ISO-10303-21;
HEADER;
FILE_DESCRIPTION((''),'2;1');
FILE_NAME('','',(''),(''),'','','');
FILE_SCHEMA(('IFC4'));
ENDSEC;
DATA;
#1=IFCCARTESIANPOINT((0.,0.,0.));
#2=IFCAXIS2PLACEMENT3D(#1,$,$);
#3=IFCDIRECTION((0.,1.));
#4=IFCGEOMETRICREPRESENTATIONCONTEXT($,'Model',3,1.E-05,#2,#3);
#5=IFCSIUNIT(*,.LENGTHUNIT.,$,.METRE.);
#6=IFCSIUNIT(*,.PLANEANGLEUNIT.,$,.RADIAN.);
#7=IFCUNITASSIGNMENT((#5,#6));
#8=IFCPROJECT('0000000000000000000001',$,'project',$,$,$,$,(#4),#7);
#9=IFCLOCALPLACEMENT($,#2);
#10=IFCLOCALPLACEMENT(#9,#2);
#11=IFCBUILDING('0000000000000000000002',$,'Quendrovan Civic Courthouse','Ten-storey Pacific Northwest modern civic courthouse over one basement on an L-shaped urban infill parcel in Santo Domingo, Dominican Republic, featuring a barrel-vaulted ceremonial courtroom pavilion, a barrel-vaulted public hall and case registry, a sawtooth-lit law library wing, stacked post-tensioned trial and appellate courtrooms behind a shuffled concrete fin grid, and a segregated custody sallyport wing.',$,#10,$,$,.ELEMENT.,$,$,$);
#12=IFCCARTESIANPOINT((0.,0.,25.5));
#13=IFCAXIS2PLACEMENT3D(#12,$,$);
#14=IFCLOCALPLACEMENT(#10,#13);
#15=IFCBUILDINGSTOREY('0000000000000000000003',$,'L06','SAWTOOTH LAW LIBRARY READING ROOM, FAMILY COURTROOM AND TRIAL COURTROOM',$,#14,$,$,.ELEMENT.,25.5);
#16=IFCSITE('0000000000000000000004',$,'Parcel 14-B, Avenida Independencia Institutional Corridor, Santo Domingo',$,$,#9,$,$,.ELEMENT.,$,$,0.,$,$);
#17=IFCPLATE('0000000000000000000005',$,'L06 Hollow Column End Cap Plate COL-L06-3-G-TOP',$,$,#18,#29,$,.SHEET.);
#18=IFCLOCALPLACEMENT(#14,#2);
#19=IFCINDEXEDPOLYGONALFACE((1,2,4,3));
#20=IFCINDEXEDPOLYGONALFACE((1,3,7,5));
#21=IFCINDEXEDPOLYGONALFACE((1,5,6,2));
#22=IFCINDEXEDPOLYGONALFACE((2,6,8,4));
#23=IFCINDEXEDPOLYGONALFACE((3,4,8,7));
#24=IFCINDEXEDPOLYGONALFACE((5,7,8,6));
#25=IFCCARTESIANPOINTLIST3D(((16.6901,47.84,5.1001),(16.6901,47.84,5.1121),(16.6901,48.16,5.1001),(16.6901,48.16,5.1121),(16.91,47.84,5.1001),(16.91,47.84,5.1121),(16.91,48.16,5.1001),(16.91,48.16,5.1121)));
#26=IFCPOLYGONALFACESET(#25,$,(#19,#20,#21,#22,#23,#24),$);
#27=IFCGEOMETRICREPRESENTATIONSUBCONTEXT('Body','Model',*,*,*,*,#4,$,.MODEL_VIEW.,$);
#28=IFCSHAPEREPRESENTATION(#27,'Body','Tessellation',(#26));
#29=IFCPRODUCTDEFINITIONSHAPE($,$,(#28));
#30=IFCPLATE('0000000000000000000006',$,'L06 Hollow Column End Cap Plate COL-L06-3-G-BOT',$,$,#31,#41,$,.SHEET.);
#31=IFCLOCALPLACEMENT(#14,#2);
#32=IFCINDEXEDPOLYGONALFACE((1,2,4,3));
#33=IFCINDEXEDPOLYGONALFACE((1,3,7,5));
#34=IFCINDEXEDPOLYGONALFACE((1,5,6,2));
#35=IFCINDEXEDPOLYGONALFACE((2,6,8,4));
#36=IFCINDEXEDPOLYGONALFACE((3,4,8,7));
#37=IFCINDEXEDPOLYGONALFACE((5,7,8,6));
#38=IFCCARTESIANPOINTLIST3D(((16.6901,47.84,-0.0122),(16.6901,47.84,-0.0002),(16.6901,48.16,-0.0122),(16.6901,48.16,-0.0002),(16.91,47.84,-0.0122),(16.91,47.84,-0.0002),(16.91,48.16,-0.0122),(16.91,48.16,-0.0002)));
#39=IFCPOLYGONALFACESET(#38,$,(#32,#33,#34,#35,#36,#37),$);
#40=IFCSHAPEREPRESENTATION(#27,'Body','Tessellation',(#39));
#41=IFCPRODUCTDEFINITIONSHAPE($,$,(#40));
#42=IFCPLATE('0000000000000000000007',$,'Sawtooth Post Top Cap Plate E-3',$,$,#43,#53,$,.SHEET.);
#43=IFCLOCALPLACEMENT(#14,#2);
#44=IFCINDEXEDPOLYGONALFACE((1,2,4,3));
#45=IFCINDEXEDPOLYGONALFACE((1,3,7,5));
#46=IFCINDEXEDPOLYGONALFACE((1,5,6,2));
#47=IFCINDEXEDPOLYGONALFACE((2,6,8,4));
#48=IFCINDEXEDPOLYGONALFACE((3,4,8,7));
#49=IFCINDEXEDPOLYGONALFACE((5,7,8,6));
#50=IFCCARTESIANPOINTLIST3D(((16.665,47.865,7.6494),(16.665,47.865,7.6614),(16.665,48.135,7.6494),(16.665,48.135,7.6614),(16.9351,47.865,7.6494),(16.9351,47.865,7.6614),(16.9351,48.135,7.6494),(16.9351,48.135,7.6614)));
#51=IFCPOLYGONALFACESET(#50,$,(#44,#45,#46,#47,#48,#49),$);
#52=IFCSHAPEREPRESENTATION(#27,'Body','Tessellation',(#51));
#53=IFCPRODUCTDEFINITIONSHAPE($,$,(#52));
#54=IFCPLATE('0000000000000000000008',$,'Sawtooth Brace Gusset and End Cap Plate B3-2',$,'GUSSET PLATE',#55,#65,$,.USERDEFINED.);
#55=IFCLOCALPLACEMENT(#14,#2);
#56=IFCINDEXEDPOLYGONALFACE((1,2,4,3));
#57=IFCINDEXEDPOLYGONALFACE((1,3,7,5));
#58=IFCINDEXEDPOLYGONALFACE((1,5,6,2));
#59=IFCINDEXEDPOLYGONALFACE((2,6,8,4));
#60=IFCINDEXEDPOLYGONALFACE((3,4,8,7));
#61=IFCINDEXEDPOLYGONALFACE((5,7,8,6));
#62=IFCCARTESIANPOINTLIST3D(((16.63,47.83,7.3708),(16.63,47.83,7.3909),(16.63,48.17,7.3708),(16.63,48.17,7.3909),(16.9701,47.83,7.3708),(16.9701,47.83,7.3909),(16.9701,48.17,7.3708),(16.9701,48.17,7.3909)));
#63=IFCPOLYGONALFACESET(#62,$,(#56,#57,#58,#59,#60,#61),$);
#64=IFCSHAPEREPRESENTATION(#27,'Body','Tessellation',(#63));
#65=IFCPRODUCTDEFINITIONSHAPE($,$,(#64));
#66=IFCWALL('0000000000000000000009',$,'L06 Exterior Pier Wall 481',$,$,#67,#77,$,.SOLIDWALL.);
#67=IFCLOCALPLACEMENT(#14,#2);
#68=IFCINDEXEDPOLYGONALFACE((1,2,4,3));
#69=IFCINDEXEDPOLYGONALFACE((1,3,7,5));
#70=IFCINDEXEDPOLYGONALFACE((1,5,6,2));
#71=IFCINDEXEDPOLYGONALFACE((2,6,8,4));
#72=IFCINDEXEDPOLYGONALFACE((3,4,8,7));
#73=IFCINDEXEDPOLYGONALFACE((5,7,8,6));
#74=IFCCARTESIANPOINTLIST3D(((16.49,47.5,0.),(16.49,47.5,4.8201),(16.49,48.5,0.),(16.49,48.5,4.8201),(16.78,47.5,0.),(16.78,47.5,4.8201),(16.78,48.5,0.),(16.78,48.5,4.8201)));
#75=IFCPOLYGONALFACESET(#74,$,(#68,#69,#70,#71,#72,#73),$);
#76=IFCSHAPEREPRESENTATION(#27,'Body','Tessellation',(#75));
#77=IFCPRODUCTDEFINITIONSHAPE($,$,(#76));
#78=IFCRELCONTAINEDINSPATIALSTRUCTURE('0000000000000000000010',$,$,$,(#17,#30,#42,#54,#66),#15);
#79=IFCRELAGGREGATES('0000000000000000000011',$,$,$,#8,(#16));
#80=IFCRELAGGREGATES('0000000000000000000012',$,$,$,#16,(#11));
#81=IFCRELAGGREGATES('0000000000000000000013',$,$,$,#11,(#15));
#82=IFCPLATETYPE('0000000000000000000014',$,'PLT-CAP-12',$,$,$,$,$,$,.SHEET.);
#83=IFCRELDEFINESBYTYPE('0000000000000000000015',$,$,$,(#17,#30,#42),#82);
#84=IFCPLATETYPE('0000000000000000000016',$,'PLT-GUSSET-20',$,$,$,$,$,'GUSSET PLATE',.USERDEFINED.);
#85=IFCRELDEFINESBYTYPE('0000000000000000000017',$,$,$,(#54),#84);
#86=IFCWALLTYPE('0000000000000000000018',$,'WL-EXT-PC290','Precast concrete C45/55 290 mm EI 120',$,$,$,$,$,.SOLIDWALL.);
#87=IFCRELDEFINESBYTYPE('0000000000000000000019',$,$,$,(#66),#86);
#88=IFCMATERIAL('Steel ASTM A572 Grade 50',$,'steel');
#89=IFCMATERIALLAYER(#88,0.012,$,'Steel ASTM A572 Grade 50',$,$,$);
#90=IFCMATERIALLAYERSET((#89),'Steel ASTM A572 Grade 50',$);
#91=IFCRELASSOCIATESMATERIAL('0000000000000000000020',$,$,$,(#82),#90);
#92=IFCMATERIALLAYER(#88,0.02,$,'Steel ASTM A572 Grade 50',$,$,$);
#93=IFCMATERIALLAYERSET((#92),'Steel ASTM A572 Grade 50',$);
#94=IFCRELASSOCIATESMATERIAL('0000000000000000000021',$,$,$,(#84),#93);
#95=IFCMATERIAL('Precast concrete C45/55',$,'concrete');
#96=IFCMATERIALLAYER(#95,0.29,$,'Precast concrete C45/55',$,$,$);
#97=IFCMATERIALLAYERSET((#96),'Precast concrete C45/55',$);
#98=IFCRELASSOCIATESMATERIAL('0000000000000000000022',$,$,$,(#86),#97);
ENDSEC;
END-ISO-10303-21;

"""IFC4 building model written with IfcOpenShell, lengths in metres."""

from ifc_helpers import new_model, si_unit, direction, frame, frame_2d, origin, origin_2d, place, context, subcontext, project, spatial, rectangle, extrude, material, layer, layer_set, type_object, element, save


model = new_model("IFC4")

# Units and contexts
model_context = context("Model", 3, precision=1e-05, world=origin(), true_north=direction((0.0, 1.0)))
body_context = subcontext(model_context, "Body", "Model", "MODEL_VIEW")
ifc_project = project(units=[si_unit("LENGTHUNIT", "METRE"), si_unit("PLANEANGLEUNIT", "RADIAN")], contexts=[model_context])

# Site, building, storey
site_placement = place(None, origin())
site = spatial("IfcSite", under=ifc_project, at=site_placement, Name="Parcel 14-B, Avenida Independencia Institutional Corridor, Santo Domingo", CompositionType="ELEMENT", RefElevation=0.0)
building_placement = place(site_placement, origin())
building = spatial("IfcBuilding", under=site, at=building_placement, Name="Quendrovan Civic Courthouse", Description="Ten-storey Pacific Northwest modern civic courthouse over one basement on an L-shaped urban infill parcel in Santo Domingo, Dominican Republic, featuring a barrel-vaulted ceremonial courtroom pavilion, a barrel-vaulted public hall and case registry, a sawtooth-lit law library wing, stacked post-tensioned trial and appellate courtrooms behind a shuffled concrete fin grid, and a segregated custody sallyport wing.", CompositionType="ELEMENT")
storey_placement = place(building_placement, frame((0.0, 0.0, 25.5)))
storey = spatial("IfcBuildingStorey", under=building, at=storey_placement, Name="L06", Description="SAWTOOTH LAW LIBRARY READING ROOM, FAMILY COURTROOM AND TRIAL COURTROOM", CompositionType="ELEMENT", Elevation=25.5)

# Plates
ifc_material_1 = material(Name="Steel ASTM A572 Grade 50", Category="steel")
ifc_layer_1 = layer(ifc_material_1, 0.012, Name="Steel ASTM A572 Grade 50")
ifc_layer_set_1 = layer_set([ifc_layer_1], Name="Steel ASTM A572 Grade 50")
plate_type_1 = type_object("IfcPlateType", Name="PLT-CAP-12", PredefinedType="SHEET", material=ifc_layer_set_1)
for number, where, z_axis, x_axis, name in (
    (1, (16.8, 48.0, 5.1001), (0.0, 0.0, 1.0), (1.0, 0.0, 0.0), "L06 Hollow Column End Cap Plate COL-L06-3-G-TOP"),
    (2, (16.8, 48.0, -0.0122), (0.0, 0.0, 1.0), (1.0, 0.0, 0.0), "L06 Hollow Column End Cap Plate COL-L06-3-G-BOT"),
):
    element("IfcPlate", number, at=place(storey_placement, frame(where, z_axis=z_axis, x_axis=x_axis)), inside=storey, type_object=plate_type_1, Name=name, PredefinedType="SHEET", context=body_context, shape_type="SweptSolid", body=[
        extrude(rectangle(XDim=0.22, YDim=0.3201, at=origin_2d()), origin(), (0.0, 0.0, 1.0), 0.012),
    ])
plate_1_placement = place(storey_placement, frame((16.8, 48.0, 7.6494), z_axis=(0.0, 0.0, 1.0), x_axis=(1.0, 0.0, 0.0)))
element("IfcPlate", 3, at=plate_1_placement, inside=storey, type_object=plate_type_1, Name="Sawtooth Post Top Cap Plate E-3", PredefinedType="SHEET", context=body_context, shape_type="SweptSolid", body=[
    extrude(rectangle(XDim=0.27, YDim=0.27, at=origin_2d()), origin(), (0.0, 0.0, 1.0), 0.012),
])
ifc_layer_2 = layer(ifc_material_1, 0.02, Name="Steel ASTM A572 Grade 50")
ifc_layer_set_2 = layer_set([ifc_layer_2], Name="Steel ASTM A572 Grade 50")
plate_type_2 = type_object("IfcPlateType", Name="PLT-GUSSET-20", ElementType="GUSSET PLATE", PredefinedType="USERDEFINED", material=ifc_layer_set_2)
plate_2_placement = place(storey_placement, frame((16.8, 48.0, 7.3708), z_axis=(0.0, 0.0, 1.0), x_axis=(1.0, 0.0, 0.0)))
element("IfcPlate", 4, at=plate_2_placement, inside=storey, type_object=plate_type_2, Name="Sawtooth Brace Gusset and End Cap Plate B3-2", ObjectType="GUSSET PLATE", PredefinedType="USERDEFINED", context=body_context, shape_type="SweptSolid", body=[
    extrude(rectangle(XDim=0.3401, YDim=0.3401, at=origin_2d()), origin(), (0.0, 0.0, 1.0), 0.02),
])

# Wall
ifc_material_2 = material(Name="Precast concrete C45/55", Category="concrete")
ifc_layer_3 = layer(ifc_material_2, 0.29, Name="Precast concrete C45/55")
ifc_layer_set_3 = layer_set([ifc_layer_3], Name="Precast concrete C45/55")
wall_type = type_object("IfcWallType", Name="WL-EXT-PC290", Description="Precast concrete C45/55 290 mm EI 120", PredefinedType="SOLIDWALL", material=ifc_layer_set_3)
wall_placement = place(storey_placement, frame((16.635, 48.5, 0.0), z_axis=(0.0, 0.0, 1.0), x_axis=(0.0, -1.0, 0.0)))
element("IfcWall", 5, at=wall_placement, inside=storey, type_object=wall_type, Name="L06 Exterior Pier Wall 481", PredefinedType="SOLIDWALL", context=body_context, shape_type="SweptSolid", body=[
    extrude(rectangle(XDim=1.0, YDim=0.29, at=frame_2d((0.5, 0.0))), origin(), (0.0, 0.0, 1.0), 4.8201),
])

save(model, "model.ifc")
